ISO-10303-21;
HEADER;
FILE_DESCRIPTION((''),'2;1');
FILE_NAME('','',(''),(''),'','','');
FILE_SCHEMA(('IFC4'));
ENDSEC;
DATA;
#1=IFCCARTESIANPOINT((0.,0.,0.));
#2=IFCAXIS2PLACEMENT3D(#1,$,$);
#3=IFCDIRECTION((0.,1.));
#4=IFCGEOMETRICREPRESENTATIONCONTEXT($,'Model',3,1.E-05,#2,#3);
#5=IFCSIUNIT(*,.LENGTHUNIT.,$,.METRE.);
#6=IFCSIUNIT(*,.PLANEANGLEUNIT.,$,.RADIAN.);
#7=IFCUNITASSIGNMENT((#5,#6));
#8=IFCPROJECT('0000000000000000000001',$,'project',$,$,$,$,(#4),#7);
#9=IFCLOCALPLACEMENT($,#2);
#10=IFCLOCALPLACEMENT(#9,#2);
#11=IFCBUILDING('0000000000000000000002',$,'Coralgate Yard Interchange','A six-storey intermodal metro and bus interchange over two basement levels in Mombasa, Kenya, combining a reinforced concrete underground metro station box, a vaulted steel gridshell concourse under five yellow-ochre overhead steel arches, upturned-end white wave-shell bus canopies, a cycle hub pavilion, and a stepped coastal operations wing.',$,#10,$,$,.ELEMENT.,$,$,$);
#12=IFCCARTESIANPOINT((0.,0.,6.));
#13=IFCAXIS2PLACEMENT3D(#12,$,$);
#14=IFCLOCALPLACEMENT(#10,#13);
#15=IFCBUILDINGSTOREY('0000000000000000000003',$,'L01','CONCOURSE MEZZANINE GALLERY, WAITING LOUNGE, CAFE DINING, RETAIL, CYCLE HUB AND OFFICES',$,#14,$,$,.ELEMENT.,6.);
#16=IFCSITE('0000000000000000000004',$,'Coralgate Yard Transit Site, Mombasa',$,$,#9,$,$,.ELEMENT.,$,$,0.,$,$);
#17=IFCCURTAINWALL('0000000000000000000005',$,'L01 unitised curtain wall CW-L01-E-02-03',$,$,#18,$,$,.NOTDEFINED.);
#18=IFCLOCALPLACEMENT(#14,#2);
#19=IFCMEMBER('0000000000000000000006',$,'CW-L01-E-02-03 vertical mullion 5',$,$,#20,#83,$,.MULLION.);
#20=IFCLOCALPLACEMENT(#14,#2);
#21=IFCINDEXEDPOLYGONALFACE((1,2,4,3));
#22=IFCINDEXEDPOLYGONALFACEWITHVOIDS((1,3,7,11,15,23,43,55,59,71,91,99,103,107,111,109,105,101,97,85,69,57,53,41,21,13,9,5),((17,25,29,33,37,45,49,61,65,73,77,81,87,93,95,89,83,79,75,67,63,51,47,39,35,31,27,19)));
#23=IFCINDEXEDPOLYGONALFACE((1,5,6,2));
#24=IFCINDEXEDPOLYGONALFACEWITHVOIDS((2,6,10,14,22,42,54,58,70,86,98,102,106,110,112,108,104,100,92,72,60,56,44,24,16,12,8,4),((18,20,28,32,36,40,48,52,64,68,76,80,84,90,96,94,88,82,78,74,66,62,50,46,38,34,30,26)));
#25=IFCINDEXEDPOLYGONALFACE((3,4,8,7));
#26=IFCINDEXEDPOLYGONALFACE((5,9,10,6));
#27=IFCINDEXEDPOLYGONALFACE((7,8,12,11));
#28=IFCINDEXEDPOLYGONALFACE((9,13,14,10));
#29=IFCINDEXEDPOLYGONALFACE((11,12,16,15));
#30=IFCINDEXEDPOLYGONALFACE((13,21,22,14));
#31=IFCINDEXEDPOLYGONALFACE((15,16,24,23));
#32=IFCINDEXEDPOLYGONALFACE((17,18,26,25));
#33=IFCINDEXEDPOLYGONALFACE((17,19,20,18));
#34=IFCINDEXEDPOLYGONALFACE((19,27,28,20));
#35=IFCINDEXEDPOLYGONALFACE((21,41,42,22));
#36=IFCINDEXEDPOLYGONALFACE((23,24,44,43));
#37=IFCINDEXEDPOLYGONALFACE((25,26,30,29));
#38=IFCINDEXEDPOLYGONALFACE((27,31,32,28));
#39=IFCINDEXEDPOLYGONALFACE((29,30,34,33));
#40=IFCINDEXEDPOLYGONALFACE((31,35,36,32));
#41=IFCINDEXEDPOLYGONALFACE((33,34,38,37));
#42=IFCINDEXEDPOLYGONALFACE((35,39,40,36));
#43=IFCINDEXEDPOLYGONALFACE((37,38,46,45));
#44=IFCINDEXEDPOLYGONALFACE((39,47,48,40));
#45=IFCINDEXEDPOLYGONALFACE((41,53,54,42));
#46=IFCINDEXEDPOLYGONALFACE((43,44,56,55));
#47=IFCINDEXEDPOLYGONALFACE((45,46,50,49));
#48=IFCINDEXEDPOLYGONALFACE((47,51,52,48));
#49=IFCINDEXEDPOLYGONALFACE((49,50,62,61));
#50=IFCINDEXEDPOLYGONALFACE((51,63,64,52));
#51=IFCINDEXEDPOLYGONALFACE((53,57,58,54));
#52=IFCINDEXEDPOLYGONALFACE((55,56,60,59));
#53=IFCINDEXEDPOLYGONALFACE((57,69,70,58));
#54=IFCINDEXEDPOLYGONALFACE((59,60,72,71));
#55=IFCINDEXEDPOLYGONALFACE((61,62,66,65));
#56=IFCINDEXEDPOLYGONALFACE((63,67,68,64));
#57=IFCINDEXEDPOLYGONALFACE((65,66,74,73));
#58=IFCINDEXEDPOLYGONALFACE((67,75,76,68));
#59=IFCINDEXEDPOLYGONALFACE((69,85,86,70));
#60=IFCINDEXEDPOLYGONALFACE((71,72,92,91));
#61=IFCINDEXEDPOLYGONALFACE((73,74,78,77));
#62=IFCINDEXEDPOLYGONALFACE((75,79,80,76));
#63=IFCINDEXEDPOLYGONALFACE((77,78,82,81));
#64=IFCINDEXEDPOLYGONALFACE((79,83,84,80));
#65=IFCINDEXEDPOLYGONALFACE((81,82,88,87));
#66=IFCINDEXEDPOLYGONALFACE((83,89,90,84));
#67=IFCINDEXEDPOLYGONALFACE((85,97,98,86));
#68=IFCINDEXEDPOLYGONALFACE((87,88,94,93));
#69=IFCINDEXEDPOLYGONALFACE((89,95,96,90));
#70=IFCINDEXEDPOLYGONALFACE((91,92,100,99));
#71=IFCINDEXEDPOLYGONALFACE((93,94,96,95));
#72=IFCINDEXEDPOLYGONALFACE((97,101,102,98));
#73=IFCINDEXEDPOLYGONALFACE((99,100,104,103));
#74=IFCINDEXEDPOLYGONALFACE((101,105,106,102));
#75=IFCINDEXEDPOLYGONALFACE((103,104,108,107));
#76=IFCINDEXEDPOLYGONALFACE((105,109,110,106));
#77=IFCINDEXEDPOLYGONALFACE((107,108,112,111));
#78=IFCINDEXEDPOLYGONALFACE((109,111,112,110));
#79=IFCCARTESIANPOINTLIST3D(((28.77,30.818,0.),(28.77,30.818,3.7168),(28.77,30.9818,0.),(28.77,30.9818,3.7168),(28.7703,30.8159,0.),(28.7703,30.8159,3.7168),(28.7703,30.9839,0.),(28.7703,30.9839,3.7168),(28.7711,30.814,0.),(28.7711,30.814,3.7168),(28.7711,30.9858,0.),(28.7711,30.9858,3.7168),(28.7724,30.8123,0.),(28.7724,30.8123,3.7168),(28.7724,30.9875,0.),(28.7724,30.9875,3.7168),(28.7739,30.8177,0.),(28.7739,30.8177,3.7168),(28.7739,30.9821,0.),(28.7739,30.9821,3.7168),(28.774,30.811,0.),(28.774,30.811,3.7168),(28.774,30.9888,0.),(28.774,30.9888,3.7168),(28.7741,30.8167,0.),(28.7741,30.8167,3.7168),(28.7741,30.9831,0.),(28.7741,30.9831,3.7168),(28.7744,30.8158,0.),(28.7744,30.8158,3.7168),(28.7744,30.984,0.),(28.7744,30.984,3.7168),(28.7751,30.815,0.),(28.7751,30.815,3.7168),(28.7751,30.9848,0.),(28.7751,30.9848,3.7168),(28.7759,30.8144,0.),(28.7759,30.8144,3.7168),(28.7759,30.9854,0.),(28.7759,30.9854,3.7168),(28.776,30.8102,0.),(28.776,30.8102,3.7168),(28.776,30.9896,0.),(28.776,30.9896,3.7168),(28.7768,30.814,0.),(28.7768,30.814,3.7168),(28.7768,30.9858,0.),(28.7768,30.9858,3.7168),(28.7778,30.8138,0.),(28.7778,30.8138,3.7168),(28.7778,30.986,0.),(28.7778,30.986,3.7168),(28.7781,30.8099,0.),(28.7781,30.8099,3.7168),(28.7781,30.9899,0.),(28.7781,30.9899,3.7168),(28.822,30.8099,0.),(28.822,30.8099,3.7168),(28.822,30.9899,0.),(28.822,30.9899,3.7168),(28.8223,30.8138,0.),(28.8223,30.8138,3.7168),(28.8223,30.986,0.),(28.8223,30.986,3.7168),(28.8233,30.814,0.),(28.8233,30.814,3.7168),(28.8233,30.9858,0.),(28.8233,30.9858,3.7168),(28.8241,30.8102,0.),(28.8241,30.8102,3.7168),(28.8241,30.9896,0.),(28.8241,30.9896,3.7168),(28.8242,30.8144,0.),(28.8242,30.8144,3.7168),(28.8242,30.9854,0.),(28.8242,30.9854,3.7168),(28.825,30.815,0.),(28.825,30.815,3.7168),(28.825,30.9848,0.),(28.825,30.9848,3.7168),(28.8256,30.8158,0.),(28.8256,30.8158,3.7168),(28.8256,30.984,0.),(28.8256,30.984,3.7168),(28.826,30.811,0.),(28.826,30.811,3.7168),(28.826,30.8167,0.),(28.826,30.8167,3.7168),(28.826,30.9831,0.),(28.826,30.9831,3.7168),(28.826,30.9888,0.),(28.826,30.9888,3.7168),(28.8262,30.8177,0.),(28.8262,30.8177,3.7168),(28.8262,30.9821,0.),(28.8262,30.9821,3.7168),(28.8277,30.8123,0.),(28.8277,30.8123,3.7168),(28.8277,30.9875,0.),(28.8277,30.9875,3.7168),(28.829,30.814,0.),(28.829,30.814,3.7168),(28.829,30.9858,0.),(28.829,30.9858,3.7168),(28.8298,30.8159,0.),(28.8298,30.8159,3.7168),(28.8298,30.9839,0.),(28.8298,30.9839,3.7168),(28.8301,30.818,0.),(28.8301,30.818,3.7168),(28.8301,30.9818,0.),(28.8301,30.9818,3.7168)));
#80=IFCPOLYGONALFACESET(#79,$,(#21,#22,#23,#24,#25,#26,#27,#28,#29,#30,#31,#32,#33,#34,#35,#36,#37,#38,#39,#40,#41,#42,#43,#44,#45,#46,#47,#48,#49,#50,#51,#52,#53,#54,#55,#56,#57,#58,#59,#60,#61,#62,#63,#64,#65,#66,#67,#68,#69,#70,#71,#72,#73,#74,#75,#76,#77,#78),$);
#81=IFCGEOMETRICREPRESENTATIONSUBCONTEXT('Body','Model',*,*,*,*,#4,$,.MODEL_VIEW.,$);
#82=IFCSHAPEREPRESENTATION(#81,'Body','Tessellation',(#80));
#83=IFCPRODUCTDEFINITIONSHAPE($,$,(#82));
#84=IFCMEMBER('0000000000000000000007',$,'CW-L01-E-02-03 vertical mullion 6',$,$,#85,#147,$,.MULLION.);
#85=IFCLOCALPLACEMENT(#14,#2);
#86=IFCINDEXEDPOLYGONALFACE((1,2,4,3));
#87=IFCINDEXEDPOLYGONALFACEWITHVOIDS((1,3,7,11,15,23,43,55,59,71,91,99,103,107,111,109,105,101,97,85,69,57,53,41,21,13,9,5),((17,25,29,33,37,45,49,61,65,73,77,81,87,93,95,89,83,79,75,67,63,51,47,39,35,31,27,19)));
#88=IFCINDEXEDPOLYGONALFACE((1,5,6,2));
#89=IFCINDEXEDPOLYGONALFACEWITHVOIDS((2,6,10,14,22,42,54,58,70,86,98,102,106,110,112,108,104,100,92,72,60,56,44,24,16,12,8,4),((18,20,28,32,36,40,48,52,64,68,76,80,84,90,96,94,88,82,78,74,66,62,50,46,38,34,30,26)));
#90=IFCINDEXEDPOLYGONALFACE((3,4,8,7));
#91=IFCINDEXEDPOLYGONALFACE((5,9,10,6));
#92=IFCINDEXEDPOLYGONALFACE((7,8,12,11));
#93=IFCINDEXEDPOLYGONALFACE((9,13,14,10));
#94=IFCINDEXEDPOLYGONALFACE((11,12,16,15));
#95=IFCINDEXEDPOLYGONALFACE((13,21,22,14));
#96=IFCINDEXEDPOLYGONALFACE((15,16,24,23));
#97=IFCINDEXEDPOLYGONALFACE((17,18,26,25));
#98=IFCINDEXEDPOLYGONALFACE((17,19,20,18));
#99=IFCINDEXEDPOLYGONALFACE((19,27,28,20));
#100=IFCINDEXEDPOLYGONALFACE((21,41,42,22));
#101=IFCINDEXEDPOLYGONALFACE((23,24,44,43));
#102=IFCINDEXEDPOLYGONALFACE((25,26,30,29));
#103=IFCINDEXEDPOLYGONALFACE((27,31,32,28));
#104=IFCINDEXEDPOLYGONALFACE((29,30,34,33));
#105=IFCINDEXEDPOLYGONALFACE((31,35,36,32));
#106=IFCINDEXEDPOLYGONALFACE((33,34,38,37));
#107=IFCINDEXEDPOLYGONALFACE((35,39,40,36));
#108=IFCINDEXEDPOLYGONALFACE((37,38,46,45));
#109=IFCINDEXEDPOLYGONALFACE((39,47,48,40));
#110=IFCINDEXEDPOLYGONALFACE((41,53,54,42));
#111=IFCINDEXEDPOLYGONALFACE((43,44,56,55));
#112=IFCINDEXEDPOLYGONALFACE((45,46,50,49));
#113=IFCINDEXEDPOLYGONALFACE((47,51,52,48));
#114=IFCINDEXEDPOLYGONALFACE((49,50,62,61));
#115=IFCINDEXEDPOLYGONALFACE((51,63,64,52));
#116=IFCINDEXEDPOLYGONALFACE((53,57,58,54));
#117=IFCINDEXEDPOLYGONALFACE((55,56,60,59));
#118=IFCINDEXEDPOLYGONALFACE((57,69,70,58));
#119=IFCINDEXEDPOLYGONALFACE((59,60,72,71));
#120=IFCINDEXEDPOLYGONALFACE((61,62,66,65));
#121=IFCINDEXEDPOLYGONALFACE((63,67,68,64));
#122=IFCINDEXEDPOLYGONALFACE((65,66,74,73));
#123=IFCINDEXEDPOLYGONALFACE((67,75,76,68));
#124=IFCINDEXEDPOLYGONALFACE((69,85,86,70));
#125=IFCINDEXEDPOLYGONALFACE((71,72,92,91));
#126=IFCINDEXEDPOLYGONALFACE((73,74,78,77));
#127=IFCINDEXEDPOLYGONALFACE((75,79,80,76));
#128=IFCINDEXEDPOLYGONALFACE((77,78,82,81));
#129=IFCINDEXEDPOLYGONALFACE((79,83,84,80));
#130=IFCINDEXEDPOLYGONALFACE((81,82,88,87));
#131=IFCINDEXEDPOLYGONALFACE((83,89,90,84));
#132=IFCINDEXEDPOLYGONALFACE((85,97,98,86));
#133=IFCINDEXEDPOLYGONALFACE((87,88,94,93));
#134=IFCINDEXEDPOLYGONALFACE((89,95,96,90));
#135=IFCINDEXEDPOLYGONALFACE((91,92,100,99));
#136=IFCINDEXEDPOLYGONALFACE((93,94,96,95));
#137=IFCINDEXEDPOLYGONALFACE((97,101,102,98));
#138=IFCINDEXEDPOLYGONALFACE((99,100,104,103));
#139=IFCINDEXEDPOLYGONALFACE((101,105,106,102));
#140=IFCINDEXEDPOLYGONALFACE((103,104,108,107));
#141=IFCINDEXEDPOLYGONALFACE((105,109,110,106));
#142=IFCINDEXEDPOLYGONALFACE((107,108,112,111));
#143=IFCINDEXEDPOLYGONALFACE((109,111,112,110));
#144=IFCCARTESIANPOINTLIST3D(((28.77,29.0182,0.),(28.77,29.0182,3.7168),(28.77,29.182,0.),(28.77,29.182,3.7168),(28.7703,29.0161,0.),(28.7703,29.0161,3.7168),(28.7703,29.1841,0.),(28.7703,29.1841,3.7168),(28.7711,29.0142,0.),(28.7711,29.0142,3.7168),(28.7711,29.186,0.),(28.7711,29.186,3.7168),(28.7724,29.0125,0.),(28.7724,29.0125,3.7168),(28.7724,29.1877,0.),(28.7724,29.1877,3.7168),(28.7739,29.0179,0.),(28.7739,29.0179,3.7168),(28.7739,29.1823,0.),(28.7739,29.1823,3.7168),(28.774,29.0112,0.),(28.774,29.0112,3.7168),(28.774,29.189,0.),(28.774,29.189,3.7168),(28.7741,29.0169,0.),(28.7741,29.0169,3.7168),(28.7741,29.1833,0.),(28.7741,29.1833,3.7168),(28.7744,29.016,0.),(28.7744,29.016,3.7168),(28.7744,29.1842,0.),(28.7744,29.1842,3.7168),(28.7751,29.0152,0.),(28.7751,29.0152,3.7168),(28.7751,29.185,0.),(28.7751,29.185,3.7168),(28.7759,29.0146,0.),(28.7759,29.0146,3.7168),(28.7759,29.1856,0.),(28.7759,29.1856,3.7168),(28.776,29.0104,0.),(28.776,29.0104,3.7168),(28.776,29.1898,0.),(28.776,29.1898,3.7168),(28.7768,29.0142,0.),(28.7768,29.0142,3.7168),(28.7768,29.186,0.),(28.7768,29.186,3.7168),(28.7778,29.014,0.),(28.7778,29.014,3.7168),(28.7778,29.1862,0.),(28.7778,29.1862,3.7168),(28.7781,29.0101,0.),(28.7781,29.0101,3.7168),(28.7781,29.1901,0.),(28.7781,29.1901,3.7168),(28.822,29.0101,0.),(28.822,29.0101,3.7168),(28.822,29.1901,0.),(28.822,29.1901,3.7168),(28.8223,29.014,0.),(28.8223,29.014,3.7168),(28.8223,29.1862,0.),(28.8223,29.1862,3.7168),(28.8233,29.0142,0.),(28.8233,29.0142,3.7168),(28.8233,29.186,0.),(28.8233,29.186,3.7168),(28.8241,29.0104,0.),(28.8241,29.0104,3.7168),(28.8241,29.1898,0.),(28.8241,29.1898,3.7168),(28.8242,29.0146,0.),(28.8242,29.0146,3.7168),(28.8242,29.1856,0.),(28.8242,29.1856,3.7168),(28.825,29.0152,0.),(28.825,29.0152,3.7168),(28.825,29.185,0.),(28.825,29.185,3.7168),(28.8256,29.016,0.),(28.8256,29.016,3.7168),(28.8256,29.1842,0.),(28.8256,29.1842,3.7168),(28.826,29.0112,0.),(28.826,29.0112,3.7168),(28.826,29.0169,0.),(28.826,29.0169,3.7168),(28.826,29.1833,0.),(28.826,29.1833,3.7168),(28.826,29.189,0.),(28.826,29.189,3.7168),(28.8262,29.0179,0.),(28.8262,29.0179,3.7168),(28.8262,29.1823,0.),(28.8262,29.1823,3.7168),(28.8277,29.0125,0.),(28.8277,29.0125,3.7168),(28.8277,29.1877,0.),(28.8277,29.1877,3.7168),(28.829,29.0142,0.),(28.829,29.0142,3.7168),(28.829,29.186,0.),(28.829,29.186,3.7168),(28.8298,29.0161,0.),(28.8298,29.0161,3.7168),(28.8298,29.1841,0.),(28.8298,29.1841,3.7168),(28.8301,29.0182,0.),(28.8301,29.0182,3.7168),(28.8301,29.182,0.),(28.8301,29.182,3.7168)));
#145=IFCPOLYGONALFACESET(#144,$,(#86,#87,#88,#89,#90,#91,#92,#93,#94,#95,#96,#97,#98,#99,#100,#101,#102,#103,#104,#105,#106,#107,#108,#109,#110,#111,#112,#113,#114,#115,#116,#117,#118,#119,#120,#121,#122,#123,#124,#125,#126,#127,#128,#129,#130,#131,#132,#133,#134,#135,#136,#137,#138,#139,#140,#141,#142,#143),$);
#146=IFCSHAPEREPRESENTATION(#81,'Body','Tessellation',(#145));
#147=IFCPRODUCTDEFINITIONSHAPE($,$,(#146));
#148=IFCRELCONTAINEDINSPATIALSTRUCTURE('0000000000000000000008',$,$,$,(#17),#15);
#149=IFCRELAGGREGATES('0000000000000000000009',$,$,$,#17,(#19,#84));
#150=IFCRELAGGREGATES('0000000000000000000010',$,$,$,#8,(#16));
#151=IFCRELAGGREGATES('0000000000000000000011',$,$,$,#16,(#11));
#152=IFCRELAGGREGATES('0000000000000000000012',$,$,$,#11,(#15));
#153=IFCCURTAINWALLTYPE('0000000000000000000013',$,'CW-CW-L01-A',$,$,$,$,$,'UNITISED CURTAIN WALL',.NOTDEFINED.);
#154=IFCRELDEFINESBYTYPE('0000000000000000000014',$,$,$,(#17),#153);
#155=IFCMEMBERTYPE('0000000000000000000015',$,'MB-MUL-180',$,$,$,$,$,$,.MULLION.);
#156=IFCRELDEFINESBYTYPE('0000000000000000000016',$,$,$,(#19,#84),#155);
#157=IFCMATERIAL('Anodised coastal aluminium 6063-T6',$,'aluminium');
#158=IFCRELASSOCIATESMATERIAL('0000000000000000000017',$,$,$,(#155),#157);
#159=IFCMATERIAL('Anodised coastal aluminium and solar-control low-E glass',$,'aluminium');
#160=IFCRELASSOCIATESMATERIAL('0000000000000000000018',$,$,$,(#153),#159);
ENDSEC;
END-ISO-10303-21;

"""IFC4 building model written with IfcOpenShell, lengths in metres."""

from ifc_helpers import new_model, si_unit, direction, frame, origin, origin_2d, place, context, subcontext, project, spatial, hollow_rectangle, extrude, material, material_profile, profile_set, type_object, element, aggregate, save


model = new_model("IFC4")

# Units and contexts
model_context = context("Model", 3, precision=1e-05, world=origin(), true_north=direction((0.0, 1.0)))
body_context = subcontext(model_context, "Body", "Model", "MODEL_VIEW")
ifc_project = project(units=[si_unit("LENGTHUNIT", "METRE"), si_unit("PLANEANGLEUNIT", "RADIAN")], contexts=[model_context])

# Site, building, storey
site_placement = place(None, origin())
site = spatial("IfcSite", under=ifc_project, at=site_placement, Name="Coralgate Yard Transit Site, Mombasa", CompositionType="ELEMENT", RefElevation=0.0)
building_placement = place(site_placement, origin())
building = spatial("IfcBuilding", under=site, at=building_placement, Name="Coralgate Yard Interchange", Description="A six-storey intermodal metro and bus interchange over two basement levels in Mombasa, Kenya, combining a reinforced concrete underground metro station box, a vaulted steel gridshell concourse under five yellow-ochre overhead steel arches, upturned-end white wave-shell bus canopies, a cycle hub pavilion, and a stepped coastal operations wing.", CompositionType="ELEMENT")
storey_placement = place(building_placement, frame((0.0, 0.0, 6.0)))
storey = spatial("IfcBuildingStorey", under=building, at=storey_placement, Name="L01", Description="CONCOURSE MEZZANINE GALLERY, WAITING LOUNGE, CAFE DINING, RETAIL, CYCLE HUB AND OFFICES", CompositionType="ELEMENT", Elevation=6.0)

# Curtain wall, members
ifc_material_1 = material(Name="Anodised coastal aluminium and solar-control low-E glass", Category="aluminium")
ifc_material_2 = material(Name="Anodised coastal aluminium 6063-T6", Category="aluminium")
ifc_material_profile_1 = material_profile(ifc_material_2, hollow_rectangle(XDim=0.0601, YDim=0.1799, WallThickness=0.0039, InnerFilletRadius=0.0039, OuterFilletRadius=0.0081, at=origin_2d()), Name="ALU 60x180x4")
ifc_profile_set_1 = profile_set([ifc_material_profile_1], Name="Anodised coastal aluminium 6063-T6")
member_type_1 = type_object("IfcMemberType", Name="MB-MUL-180", PredefinedType="MULLION", material=ifc_profile_set_1)
curtain_wall_type_1 = type_object("IfcCurtainWallType", Name="CW-CW-L01-A", ElementType="UNITISED CURTAIN WALL", PredefinedType="NOTDEFINED", material=ifc_material_1)
curtain_wall_1_placement = place(storey_placement, origin())
curtain_wall_1 = element("IfcCurtainWall", 1, at=curtain_wall_1_placement, inside=storey, type_object=curtain_wall_type_1, Name="L01 unitised curtain wall CW-L01-E-02-03", PredefinedType="NOTDEFINED")
member_1_placement = place(storey_placement, frame((28.8, 30.8999, 0.0), z_axis=(0.0, 0.0, 1.0), x_axis=(1.0, 0.0, 0.0)))
member_1 = element("IfcMember", 2, at=member_1_placement, type_object=member_type_1, Name="CW-L01-E-02-03 vertical mullion 5", PredefinedType="MULLION", context=body_context, shape_type="SweptSolid", body=[
    extrude(hollow_rectangle(XDim=0.0601, YDim=0.1799, WallThickness=0.0039, InnerFilletRadius=0.0039, OuterFilletRadius=0.0081, at=origin_2d()), origin(), (0.0, 0.0, 1.0), 3.7168),
])
member_2_placement = place(storey_placement, frame((28.8, 29.1001, 0.0), z_axis=(0.0, 0.0, 1.0), x_axis=(1.0, 0.0, 0.0)))
member_2 = element("IfcMember", 3, at=member_2_placement, type_object=member_type_1, Name="CW-L01-E-02-03 vertical mullion 6", PredefinedType="MULLION", context=body_context, shape_type="SweptSolid", body=[
    extrude(hollow_rectangle(XDim=0.0601, YDim=0.1799, WallThickness=0.0039, InnerFilletRadius=0.0039, OuterFilletRadius=0.0081, at=origin_2d()), origin(), (0.0, 0.0, 1.0), 3.7168),
])

aggregate(curtain_wall_1, [member_1, member_2])

save(model, "model.ifc")
